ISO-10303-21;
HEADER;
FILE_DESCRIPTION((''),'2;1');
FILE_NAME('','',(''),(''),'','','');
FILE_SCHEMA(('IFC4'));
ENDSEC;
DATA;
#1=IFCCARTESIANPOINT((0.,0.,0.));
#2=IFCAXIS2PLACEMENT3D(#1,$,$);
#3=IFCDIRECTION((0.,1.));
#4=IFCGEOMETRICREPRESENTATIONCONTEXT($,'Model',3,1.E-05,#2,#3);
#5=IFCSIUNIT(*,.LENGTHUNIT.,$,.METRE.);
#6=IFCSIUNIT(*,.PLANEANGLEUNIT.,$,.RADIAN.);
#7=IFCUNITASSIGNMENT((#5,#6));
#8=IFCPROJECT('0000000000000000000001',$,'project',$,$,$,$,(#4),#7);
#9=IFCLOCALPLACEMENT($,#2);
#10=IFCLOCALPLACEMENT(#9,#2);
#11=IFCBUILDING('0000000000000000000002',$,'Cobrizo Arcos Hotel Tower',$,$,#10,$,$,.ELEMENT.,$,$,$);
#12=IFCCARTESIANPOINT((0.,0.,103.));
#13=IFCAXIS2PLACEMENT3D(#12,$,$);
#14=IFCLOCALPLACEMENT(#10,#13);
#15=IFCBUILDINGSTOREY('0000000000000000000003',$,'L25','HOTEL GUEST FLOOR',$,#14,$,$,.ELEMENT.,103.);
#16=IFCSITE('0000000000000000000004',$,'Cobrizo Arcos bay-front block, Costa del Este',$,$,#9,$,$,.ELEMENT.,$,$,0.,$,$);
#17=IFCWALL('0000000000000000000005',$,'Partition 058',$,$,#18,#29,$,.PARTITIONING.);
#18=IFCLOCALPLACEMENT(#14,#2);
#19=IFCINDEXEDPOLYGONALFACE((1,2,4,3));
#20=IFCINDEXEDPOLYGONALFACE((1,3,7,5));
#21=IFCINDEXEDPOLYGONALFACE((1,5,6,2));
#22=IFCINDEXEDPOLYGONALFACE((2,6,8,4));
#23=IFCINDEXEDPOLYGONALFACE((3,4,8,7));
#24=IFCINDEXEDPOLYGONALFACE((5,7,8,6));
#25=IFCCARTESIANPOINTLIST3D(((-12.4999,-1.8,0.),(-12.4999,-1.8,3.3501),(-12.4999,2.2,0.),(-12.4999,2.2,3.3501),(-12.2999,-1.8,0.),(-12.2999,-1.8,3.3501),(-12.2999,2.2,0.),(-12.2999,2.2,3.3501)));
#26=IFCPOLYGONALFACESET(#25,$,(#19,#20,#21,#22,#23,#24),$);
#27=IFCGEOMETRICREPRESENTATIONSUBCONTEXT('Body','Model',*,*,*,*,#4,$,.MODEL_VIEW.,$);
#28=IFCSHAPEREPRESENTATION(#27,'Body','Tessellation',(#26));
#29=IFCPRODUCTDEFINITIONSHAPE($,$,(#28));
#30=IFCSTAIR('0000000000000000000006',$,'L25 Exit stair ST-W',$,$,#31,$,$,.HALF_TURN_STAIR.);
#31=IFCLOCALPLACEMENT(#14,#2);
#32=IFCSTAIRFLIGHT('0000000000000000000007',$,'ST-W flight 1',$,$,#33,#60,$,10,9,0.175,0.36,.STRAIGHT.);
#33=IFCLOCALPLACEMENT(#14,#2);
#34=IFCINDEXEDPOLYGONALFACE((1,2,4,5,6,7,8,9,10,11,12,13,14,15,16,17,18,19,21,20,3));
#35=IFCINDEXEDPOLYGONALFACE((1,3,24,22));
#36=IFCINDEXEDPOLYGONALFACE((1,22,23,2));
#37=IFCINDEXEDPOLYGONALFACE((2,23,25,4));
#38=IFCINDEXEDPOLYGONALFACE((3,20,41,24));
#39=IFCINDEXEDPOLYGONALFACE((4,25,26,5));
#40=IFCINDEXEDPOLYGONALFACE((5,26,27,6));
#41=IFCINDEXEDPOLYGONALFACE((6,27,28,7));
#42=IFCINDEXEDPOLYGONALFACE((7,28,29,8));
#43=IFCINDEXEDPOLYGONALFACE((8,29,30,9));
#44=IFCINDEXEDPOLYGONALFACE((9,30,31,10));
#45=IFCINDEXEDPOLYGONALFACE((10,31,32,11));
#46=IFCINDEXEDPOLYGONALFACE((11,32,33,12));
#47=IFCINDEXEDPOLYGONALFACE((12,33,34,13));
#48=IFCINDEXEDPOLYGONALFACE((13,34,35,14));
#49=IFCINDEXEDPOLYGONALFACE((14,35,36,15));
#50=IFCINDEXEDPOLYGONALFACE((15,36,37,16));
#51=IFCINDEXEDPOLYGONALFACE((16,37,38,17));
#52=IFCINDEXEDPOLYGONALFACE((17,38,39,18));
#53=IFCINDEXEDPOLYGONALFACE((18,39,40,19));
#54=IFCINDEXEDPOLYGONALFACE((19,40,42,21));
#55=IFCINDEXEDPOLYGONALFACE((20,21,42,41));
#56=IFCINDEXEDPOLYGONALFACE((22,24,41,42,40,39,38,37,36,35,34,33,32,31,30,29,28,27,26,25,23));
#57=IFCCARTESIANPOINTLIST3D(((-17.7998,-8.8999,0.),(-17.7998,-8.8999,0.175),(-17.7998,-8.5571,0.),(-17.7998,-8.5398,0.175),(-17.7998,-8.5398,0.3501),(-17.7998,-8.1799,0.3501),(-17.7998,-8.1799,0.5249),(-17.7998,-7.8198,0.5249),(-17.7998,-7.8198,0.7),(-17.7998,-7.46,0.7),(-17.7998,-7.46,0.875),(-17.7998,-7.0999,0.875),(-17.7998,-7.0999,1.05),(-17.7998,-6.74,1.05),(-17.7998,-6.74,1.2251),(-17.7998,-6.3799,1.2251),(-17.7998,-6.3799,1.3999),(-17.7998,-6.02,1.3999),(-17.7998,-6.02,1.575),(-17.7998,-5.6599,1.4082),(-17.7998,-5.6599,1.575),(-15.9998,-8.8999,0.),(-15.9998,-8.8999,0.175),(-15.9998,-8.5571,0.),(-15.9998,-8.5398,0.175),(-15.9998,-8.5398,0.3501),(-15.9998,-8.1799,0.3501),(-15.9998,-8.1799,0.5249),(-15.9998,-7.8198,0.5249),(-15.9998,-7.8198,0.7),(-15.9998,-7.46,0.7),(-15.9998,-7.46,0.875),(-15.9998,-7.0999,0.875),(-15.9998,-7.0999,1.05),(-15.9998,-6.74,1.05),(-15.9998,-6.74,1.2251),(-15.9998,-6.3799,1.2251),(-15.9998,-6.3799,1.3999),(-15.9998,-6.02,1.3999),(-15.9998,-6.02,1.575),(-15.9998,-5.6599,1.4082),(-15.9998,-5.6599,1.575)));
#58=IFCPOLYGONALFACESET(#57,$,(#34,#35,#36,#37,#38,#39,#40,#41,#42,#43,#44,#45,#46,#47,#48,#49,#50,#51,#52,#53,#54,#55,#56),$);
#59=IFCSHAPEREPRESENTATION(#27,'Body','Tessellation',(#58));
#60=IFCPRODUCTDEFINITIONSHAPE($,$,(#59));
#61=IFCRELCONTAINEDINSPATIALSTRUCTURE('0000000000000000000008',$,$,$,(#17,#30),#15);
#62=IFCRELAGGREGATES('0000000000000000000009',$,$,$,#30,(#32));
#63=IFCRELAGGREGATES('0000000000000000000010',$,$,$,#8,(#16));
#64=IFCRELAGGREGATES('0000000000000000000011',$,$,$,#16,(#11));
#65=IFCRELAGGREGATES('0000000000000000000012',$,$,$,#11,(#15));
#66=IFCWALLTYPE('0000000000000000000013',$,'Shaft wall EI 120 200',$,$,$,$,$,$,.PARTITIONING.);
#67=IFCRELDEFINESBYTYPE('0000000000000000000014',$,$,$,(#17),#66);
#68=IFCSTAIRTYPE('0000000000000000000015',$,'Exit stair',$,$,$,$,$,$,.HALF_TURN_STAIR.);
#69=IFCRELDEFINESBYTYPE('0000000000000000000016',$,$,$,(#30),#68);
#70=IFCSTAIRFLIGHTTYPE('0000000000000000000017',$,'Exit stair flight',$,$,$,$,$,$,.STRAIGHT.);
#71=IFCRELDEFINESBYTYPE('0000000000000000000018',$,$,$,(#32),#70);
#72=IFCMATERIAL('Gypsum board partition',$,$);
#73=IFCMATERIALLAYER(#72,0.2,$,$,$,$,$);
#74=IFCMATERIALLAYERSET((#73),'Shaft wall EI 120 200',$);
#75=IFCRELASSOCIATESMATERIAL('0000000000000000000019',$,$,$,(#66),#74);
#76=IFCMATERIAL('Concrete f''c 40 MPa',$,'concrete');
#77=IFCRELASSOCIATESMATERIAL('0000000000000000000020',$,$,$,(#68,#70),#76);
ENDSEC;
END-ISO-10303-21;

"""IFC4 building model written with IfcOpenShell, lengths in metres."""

from ifc_helpers import new_model, si_unit, direction, frame, frame_2d, origin, place, context, subcontext, project, spatial, polyline, rectangle, outline, extrude, material, layer, layer_set, type_object, element, aggregate, save


model = new_model("IFC4")

# Units and contexts
model_context = context("Model", 3, precision=1e-05, world=origin(), true_north=direction((0.0, 1.0)))
body_context = subcontext(model_context, "Body", "Model", "MODEL_VIEW")
ifc_project = project(units=[si_unit("LENGTHUNIT", "METRE"), si_unit("PLANEANGLEUNIT", "RADIAN")], contexts=[model_context])

# Site, building, storey
site_placement = place(None, origin())
site = spatial("IfcSite", under=ifc_project, at=site_placement, Name="Cobrizo Arcos bay-front block, Costa del Este", CompositionType="ELEMENT", RefElevation=0.0)
building_placement = place(site_placement, origin())
building = spatial("IfcBuilding", under=site, at=building_placement, Name="Cobrizo Arcos Hotel Tower", CompositionType="ELEMENT")
storey_placement = place(building_placement, frame((0.0, 0.0, 103.0)))
storey = spatial("IfcBuildingStorey", under=building, at=storey_placement, Name="L25", Description="HOTEL GUEST FLOOR", CompositionType="ELEMENT", Elevation=103.0)

# Shared definitions
ifc_material_1 = material(Name="Gypsum board partition")
ifc_layer = layer(ifc_material_1, 0.2)
ifc_layer_set = layer_set([ifc_layer], Name="Shaft wall EI 120 200")
wall_type = type_object("IfcWallType", Name="Shaft wall EI 120 200", PredefinedType="PARTITIONING", material=ifc_layer_set)

# Wall
wall_1_placement = place(storey_placement, frame((-12.3999, -1.8, 0.0), z_axis=(0.0, 0.0, 1.0), x_axis=(0.0, 1.0, 0.0)))
element("IfcWall", 1, at=wall_1_placement, inside=storey, type_object=wall_type, Name="Partition 058", PredefinedType="PARTITIONING", context=body_context, shape_type="SweptSolid", body=[
    extrude(rectangle(XDim=4.0, YDim=0.2, at=frame_2d((2.0, 0.0))), origin(), (0.0, 0.0, 1.0), 3.3501),
])

# Stair, stair flight
ifc_material_2 = material(Name="Concrete f'c 40 MPa", Category="concrete")
stair_type = type_object("IfcStairType", Name="Exit stair", PredefinedType="HALF_TURN_STAIR", material=ifc_material_2)
stair_placement = place(storey_placement, origin())
stair = element("IfcStair", 2, at=stair_placement, inside=storey, type_object=stair_type, Name="L25 Exit stair ST-W", PredefinedType="HALF_TURN_STAIR")
stair_flight_type = type_object("IfcStairFlightType", Name="Exit stair flight", PredefinedType="STRAIGHT", material=ifc_material_2)
stair_flight_placement = place(storey_placement, frame((-16.8999, -8.8999, 0.0), z_axis=(0.0, 0.0, 1.0), x_axis=(0.0, 1.0, 0.0)))
stair_flight = element("IfcStairFlight", 3, at=stair_flight_placement, type_object=stair_flight_type, Name="ST-W flight 1", NumberOfRisers=10, NumberOfTreads=9, PredefinedType="STRAIGHT", RiserHeight=0.175, TreadLength=0.36, context=body_context, shape_type="SweptSolid", body=[
    extrude(outline(polyline([(0.0, 0.0), (0.0, 0.175), (0.3601, 0.175), (0.3601, 0.3501), (0.72, 0.3501), (0.72, 0.5249), (1.0801, 0.5249), (1.0801, 0.7), (1.4399, 0.7), (1.4399, 0.875), (1.8, 0.875), (1.8, 1.05), (2.1599, 1.05), (2.1599, 1.2251), (2.52, 1.2251), (2.52, 1.3999), (2.8799, 1.3999), (2.8799, 1.575), (3.24, 1.575), (3.24, 1.75), (3.24, 1.4082), (0.3428, 0.0), (0.0, 0.0)])), frame((0.0, 0.8999, 0.0), z_axis=(0.0, -1.0, 0.0), x_axis=(1.0, 0.0, 0.0)), (0.0, 0.0, 1.0), 1.8),
])
aggregate(stair, [stair_flight])

save(model, "model.ifc")
